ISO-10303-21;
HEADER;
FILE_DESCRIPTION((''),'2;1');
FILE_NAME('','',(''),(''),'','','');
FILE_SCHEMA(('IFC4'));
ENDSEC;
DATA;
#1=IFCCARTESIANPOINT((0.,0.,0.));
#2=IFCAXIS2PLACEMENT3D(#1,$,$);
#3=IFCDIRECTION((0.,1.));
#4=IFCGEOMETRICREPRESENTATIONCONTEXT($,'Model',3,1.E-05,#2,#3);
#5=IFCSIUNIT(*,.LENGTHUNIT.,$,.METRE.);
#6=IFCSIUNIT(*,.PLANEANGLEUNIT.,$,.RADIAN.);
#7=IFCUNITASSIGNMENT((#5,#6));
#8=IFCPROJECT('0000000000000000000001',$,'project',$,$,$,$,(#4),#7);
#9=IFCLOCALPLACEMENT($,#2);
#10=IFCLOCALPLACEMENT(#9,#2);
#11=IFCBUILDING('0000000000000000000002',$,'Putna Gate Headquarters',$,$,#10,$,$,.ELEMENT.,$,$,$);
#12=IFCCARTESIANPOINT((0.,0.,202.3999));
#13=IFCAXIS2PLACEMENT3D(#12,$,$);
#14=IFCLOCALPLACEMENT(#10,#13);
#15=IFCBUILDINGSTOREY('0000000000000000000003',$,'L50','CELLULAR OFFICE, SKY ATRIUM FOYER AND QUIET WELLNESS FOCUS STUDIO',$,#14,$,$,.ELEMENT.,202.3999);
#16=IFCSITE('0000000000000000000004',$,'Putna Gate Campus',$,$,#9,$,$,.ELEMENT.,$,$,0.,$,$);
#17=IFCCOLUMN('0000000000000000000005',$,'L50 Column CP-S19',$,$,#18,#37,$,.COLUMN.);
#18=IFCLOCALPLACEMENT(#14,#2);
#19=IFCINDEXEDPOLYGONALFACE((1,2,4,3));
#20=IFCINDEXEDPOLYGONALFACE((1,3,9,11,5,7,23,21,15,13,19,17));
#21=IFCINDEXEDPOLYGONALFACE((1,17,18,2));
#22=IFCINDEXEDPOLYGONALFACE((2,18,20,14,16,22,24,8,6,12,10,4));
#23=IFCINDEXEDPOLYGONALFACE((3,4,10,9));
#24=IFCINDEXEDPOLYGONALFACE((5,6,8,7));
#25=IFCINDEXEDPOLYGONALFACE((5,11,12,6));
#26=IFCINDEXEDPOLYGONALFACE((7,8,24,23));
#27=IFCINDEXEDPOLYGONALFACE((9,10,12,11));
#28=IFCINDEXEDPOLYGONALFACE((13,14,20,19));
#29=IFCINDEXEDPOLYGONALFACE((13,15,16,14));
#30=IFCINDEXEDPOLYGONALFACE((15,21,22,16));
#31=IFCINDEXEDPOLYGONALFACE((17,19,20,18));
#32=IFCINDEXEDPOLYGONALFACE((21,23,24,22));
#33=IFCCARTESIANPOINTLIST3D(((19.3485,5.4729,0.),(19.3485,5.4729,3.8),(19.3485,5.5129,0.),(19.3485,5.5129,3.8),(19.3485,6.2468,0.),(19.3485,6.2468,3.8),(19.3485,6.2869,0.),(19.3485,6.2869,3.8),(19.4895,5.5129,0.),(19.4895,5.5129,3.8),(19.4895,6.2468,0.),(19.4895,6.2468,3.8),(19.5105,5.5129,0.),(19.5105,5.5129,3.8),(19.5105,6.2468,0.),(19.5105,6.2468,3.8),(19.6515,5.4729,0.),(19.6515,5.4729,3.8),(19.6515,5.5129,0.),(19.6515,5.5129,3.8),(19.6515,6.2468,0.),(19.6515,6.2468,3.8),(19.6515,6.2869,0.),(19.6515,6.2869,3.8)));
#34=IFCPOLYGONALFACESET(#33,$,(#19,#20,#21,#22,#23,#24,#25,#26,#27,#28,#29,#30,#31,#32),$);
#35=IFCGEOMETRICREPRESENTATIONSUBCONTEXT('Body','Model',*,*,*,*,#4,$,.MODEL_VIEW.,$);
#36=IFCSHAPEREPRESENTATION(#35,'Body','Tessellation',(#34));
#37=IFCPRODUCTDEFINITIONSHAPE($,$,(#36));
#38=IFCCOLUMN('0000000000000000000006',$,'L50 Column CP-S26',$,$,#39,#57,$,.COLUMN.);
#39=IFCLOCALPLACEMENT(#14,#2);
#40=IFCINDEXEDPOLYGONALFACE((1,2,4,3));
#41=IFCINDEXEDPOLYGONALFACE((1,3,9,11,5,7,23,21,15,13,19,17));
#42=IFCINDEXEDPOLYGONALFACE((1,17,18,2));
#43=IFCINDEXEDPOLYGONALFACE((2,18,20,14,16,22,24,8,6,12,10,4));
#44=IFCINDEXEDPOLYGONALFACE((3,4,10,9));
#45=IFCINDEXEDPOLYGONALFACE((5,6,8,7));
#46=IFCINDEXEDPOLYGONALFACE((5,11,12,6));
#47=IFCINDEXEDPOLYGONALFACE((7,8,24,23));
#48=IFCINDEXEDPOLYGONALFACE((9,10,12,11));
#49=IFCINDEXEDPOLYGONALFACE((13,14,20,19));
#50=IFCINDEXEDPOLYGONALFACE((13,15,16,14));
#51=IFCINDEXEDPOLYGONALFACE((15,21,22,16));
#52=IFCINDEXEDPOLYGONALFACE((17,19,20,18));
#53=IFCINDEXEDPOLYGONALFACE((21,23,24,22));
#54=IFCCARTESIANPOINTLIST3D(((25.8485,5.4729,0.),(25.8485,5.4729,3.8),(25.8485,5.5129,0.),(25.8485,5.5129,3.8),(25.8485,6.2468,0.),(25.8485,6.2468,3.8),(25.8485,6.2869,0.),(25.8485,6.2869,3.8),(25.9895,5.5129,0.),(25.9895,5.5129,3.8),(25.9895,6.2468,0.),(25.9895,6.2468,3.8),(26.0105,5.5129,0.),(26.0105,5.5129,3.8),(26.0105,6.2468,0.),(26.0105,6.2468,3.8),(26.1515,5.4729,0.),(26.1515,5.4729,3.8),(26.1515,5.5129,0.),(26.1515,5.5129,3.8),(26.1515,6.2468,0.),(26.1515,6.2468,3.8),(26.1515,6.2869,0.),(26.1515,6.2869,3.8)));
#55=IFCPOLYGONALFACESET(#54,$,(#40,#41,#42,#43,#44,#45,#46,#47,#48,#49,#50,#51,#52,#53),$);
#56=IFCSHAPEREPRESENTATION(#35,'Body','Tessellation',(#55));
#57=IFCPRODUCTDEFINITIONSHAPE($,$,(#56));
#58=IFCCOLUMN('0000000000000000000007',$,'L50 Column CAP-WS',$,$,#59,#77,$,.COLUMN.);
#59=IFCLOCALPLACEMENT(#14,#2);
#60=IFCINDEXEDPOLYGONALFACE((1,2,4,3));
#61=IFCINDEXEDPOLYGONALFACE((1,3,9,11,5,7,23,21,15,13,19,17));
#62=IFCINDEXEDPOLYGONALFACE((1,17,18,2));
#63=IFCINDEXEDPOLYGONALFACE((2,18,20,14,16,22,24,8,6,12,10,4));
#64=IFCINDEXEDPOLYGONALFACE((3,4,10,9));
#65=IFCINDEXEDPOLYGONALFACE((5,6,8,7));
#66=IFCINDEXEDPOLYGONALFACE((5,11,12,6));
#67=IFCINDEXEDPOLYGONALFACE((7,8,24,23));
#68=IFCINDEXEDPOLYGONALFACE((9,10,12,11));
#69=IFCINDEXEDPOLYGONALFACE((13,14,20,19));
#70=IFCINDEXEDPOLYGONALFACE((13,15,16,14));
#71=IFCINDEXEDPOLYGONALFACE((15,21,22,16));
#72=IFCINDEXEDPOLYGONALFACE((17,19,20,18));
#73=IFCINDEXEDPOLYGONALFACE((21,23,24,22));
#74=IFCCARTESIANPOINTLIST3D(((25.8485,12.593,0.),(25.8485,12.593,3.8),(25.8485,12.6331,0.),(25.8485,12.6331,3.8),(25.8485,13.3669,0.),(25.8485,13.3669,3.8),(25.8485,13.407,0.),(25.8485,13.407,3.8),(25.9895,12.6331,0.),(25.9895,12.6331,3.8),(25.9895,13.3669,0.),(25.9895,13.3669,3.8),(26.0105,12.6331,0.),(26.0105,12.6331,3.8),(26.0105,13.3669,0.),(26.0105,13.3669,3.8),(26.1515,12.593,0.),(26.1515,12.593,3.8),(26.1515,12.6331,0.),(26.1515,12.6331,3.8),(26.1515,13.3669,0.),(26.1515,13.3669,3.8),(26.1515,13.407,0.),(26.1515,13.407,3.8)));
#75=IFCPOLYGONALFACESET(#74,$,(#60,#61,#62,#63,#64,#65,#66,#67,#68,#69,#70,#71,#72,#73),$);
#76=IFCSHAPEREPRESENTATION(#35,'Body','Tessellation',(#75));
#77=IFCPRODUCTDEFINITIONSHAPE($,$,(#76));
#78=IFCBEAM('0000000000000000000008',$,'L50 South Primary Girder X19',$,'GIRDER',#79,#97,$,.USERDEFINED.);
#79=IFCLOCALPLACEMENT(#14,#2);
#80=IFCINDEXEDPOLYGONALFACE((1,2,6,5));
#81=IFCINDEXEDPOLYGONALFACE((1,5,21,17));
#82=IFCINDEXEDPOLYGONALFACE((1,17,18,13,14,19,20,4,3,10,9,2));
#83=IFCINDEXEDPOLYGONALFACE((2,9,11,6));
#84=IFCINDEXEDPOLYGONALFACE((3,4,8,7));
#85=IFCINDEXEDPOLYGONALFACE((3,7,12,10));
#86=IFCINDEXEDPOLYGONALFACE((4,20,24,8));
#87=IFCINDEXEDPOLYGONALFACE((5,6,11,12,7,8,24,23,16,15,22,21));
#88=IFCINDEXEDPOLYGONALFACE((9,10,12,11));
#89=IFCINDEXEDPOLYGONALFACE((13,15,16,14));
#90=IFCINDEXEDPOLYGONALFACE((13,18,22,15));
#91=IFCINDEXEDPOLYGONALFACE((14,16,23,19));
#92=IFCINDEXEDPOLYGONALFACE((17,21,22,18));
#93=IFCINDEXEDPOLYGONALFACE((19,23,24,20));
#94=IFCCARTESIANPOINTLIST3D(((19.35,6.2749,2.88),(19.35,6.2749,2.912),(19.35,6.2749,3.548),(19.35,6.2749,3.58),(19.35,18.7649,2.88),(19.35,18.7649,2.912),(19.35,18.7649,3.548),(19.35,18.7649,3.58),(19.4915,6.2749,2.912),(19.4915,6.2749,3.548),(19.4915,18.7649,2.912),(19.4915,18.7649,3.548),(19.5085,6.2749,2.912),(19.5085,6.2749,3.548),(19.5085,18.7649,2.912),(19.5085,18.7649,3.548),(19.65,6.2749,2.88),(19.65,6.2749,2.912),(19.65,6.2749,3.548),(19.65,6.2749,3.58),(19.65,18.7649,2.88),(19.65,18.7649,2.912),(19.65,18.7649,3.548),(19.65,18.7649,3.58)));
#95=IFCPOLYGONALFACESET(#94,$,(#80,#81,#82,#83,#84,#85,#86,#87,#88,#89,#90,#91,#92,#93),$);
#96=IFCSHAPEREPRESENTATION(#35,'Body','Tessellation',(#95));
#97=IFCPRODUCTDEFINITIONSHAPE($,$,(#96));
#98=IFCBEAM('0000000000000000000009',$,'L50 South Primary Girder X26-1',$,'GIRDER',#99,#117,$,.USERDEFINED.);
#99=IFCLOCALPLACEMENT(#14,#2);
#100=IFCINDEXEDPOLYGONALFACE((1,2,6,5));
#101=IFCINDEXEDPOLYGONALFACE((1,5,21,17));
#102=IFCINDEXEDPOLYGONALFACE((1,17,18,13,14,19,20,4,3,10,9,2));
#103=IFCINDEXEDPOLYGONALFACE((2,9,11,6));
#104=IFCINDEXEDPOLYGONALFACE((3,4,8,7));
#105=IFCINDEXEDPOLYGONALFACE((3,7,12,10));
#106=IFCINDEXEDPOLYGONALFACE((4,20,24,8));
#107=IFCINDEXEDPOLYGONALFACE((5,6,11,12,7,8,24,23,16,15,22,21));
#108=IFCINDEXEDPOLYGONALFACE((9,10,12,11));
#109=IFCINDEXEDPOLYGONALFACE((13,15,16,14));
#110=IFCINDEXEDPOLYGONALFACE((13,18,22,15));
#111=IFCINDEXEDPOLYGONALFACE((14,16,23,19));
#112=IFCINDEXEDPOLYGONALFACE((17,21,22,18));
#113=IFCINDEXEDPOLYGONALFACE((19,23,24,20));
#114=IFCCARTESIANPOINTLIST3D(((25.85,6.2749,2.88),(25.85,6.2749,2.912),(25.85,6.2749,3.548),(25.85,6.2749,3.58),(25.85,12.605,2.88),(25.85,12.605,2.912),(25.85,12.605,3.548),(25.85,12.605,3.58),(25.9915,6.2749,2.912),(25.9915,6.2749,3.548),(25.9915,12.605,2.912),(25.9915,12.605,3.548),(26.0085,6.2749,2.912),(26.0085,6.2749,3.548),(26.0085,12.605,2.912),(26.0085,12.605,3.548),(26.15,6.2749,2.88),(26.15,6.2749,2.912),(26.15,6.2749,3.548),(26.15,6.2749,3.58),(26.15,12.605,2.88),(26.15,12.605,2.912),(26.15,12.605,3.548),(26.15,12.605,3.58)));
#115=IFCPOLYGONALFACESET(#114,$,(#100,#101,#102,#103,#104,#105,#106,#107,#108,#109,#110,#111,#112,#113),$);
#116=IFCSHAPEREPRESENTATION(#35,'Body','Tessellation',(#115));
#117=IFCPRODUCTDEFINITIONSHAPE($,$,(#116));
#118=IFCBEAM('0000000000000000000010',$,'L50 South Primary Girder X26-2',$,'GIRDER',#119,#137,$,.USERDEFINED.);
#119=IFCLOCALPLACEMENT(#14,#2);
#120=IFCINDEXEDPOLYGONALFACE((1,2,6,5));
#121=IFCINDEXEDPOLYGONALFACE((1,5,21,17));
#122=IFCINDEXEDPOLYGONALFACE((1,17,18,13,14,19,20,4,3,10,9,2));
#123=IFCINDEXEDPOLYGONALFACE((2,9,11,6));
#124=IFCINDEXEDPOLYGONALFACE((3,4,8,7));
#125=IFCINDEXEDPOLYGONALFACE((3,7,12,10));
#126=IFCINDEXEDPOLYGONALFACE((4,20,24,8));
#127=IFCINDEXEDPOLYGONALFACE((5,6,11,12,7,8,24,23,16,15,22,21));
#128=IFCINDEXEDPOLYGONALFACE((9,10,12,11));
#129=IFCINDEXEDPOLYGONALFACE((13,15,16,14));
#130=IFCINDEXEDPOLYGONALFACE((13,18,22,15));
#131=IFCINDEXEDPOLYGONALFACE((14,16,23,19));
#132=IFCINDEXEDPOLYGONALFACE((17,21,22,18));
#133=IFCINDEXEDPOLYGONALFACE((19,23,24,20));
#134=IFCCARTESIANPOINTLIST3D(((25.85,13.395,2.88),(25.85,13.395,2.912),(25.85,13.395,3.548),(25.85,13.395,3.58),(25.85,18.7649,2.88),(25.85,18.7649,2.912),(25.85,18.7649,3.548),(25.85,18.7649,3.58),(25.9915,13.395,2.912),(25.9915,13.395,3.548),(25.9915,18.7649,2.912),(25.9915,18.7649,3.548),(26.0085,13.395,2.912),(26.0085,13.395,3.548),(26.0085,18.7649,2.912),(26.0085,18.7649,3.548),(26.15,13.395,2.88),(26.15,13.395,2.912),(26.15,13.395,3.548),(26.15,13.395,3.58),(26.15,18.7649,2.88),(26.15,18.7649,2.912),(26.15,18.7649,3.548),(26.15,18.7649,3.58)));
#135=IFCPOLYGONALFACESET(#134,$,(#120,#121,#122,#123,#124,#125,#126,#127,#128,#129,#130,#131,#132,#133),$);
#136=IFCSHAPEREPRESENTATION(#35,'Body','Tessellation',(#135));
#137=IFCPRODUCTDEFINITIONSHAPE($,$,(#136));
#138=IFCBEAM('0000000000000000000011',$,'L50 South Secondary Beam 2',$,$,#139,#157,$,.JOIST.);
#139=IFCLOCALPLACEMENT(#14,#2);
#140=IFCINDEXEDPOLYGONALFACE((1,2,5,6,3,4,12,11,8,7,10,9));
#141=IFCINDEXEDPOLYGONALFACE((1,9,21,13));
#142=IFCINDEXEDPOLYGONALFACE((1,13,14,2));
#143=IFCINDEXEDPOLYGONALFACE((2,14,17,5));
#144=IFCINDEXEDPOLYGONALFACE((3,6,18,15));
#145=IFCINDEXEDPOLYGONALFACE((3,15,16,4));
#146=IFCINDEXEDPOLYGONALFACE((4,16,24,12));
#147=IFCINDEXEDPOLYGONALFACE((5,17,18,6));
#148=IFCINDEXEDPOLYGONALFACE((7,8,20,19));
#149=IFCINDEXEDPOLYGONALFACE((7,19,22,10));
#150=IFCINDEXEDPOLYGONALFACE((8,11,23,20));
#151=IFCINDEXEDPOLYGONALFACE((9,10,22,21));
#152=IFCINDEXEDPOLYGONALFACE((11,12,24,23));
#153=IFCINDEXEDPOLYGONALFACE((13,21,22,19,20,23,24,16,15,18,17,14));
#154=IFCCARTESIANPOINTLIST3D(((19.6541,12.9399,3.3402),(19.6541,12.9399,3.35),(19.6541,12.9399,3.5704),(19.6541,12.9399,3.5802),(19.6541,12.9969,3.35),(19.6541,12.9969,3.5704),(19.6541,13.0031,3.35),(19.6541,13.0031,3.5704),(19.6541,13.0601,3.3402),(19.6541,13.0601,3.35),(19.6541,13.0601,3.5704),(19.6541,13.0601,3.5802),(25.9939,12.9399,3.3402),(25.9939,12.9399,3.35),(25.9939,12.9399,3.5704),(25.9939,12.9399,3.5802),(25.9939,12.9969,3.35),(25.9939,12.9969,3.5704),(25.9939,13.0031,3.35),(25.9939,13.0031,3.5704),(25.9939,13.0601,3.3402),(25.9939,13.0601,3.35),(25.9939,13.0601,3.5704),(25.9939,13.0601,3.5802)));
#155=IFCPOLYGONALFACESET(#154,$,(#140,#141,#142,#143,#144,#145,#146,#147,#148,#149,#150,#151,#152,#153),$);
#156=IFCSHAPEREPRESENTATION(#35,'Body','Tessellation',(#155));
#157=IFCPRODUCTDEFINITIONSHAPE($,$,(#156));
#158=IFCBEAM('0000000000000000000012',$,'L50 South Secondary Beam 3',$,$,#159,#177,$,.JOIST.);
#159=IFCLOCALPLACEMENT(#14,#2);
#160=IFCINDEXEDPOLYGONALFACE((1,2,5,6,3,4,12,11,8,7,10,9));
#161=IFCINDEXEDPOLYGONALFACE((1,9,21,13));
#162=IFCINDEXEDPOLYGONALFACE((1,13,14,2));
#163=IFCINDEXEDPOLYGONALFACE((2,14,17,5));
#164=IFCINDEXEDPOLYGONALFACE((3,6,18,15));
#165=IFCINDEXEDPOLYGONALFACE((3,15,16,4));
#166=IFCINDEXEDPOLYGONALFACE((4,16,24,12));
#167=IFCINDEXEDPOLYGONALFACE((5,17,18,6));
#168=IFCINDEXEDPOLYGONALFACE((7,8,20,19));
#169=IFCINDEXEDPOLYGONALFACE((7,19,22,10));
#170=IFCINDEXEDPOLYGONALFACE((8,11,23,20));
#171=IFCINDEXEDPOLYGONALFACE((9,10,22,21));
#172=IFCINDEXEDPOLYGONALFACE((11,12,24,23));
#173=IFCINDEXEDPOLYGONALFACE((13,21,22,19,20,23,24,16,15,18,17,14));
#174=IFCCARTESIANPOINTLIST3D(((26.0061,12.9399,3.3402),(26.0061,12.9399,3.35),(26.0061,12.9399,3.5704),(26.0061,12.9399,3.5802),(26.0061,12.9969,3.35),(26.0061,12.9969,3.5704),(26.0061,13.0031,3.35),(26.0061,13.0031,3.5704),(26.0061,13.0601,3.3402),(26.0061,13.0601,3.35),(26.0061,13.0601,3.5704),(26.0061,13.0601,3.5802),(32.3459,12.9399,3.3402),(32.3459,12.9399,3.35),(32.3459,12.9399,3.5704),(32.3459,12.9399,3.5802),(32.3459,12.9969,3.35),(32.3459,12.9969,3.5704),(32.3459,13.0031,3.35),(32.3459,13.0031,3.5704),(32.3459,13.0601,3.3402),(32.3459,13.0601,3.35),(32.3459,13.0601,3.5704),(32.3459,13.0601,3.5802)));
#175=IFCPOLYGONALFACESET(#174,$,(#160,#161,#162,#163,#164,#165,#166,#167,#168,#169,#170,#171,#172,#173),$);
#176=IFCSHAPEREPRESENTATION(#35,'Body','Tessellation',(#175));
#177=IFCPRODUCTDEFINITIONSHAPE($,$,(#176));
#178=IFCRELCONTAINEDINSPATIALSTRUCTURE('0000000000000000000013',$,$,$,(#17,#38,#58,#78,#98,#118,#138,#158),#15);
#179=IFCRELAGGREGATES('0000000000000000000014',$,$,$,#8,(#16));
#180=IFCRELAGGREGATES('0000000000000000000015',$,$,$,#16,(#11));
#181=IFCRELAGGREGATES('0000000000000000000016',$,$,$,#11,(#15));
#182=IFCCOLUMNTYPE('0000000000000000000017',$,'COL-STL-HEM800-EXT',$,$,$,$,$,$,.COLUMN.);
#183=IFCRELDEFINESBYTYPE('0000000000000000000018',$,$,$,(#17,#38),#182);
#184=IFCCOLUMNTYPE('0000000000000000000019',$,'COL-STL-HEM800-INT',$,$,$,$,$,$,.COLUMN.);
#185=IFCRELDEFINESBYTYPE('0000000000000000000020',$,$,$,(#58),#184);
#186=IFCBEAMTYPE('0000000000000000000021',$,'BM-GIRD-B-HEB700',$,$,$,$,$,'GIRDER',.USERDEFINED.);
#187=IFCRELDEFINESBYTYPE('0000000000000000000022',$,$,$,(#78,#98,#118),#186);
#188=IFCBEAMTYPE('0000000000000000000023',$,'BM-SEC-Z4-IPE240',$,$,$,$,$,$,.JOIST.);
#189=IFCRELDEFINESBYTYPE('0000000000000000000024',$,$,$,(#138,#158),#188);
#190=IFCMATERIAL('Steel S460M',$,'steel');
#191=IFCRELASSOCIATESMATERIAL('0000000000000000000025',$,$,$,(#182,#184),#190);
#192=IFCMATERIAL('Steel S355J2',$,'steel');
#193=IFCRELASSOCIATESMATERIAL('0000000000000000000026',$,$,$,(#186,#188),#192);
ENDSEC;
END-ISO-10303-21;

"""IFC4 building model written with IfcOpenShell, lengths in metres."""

from ifc_helpers import new_model, si_unit, direction, frame, origin, origin_2d, place, context, subcontext, project, spatial, i_section, extrude, material, material_profile, profile_set, type_object, element, save


model = new_model("IFC4")

# Units and contexts
model_context = context("Model", 3, precision=1e-05, world=origin(), true_north=direction((0.0, 1.0)))
body_context = subcontext(model_context, "Body", "Model", "MODEL_VIEW")
ifc_project = project(units=[si_unit("LENGTHUNIT", "METRE"), si_unit("PLANEANGLEUNIT", "RADIAN")], contexts=[model_context])

# Site, building, storey
site_placement = place(None, origin())
site = spatial("IfcSite", under=ifc_project, at=site_placement, Name="Putna Gate Campus", CompositionType="ELEMENT", RefElevation=0.0)
building_placement = place(site_placement, origin())
building = spatial("IfcBuilding", under=site, at=building_placement, Name="Putna Gate Headquarters", CompositionType="ELEMENT")
storey_placement = place(building_placement, frame((0.0, 0.0, 202.3999)))
storey = spatial("IfcBuildingStorey", under=building, at=storey_placement, Name="L50", Description="CELLULAR OFFICE, SKY ATRIUM FOYER AND QUIET WELLNESS FOCUS STUDIO", CompositionType="ELEMENT", Elevation=202.3999)

# Columns
ifc_material_1 = material(Name="Steel S460M", Category="steel")
ifc_material_profile_1 = material_profile(ifc_material_1, i_section(OverallWidth=0.303, OverallDepth=0.814, WebThickness=0.021, FlangeThickness=0.04, at=origin_2d()), Name="Steel S460M")
ifc_profile_set_1 = profile_set([ifc_material_profile_1], Name="Steel S460M")
column_type_1 = type_object("IfcColumnType", Name="COL-STL-HEM800-EXT", PredefinedType="COLUMN", material=ifc_profile_set_1)
for number, where, z_axis, x_axis, name in (
    (1, (19.5, 5.8799, 0.0), (0.0, 0.0, 1.0), (1.0, 0.0, 0.0), "L50 Column CP-S19"),
    (2, (26.0, 5.8799, 0.0), (0.0, 0.0, 1.0), (1.0, 0.0, 0.0), "L50 Column CP-S26"),
):
    element("IfcColumn", number, at=place(storey_placement, frame(where, z_axis=z_axis, x_axis=x_axis)), inside=storey, type_object=column_type_1, Name=name, PredefinedType="COLUMN", context=body_context, shape_type="SweptSolid", body=[
        extrude(i_section(OverallWidth=0.303, OverallDepth=0.814, WebThickness=0.021, FlangeThickness=0.04, at=origin_2d()), origin(), (0.0, 0.0, 1.0), 3.8),
    ])
ifc_material_profile_2 = material_profile(ifc_material_1, i_section(OverallWidth=0.303, OverallDepth=0.814, WebThickness=0.021, FlangeThickness=0.04, at=origin_2d()), Name="Steel S460M")
ifc_profile_set_2 = profile_set([ifc_material_profile_2], Name="Steel S460M")
column_type_2 = type_object("IfcColumnType", Name="COL-STL-HEM800-INT", PredefinedType="COLUMN", material=ifc_profile_set_2)
column_placement = place(storey_placement, frame((26.0, 13.0, 0.0), z_axis=(0.0, 0.0, 1.0), x_axis=(1.0, 0.0, 0.0)))
element("IfcColumn", 3, at=column_placement, inside=storey, type_object=column_type_2, Name="L50 Column CAP-WS", PredefinedType="COLUMN", context=body_context, shape_type="SweptSolid", body=[
    extrude(i_section(OverallWidth=0.303, OverallDepth=0.814, WebThickness=0.021, FlangeThickness=0.04, at=origin_2d()), origin(), (0.0, 0.0, 1.0), 3.8),
])

# Beams
ifc_material_2 = material(Name="Steel S355J2", Category="steel")
ifc_material_profile_3 = material_profile(ifc_material_2, i_section(OverallWidth=0.3, OverallDepth=0.7, WebThickness=0.0171, FlangeThickness=0.032, at=origin_2d()), Name="Steel S355J2")
ifc_profile_set_3 = profile_set([ifc_material_profile_3], Name="Steel S355J2")
beam_type_1 = type_object("IfcBeamType", Name="BM-GIRD-B-HEB700", ElementType="GIRDER", PredefinedType="USERDEFINED", material=ifc_profile_set_3)
beam_1_placement = place(storey_placement, frame((19.5, 6.2749, 3.23), z_axis=(0.0, 1.0, 0.0), x_axis=(-1.0, 0.0, 0.0)))
element("IfcBeam", 4, at=beam_1_placement, inside=storey, type_object=beam_type_1, Name="L50 South Primary Girder X19", ObjectType="GIRDER", PredefinedType="USERDEFINED", context=body_context, shape_type="SweptSolid", body=[
    extrude(i_section(OverallWidth=0.3, OverallDepth=0.7, WebThickness=0.0171, FlangeThickness=0.032, at=origin_2d()), origin(), (0.0, 0.0, 1.0), 12.49),
])
beam_2_placement = place(storey_placement, frame((26.0, 6.2749, 3.23), z_axis=(0.0, 1.0, 0.0), x_axis=(-1.0, 0.0, 0.0)))
element("IfcBeam", 5, at=beam_2_placement, inside=storey, type_object=beam_type_1, Name="L50 South Primary Girder X26-1", ObjectType="GIRDER", PredefinedType="USERDEFINED", context=body_context, shape_type="SweptSolid", body=[
    extrude(i_section(OverallWidth=0.3, OverallDepth=0.7, WebThickness=0.0171, FlangeThickness=0.032, at=origin_2d()), origin(), (0.0, 0.0, 1.0), 6.3301),
])
beam_3_placement = place(storey_placement, frame((26.0, 13.395, 3.23), z_axis=(0.0, 1.0, 0.0), x_axis=(-1.0, 0.0, 0.0)))
element("IfcBeam", 6, at=beam_3_placement, inside=storey, type_object=beam_type_1, Name="L50 South Primary Girder X26-2", ObjectType="GIRDER", PredefinedType="USERDEFINED", context=body_context, shape_type="SweptSolid", body=[
    extrude(i_section(OverallWidth=0.3, OverallDepth=0.7, WebThickness=0.0171, FlangeThickness=0.032, at=origin_2d()), origin(), (0.0, 0.0, 1.0), 5.3699),
])
ifc_material_profile_4 = material_profile(ifc_material_2, i_section(OverallWidth=0.1201, OverallDepth=0.24, WebThickness=0.0061, FlangeThickness=0.0098, at=origin_2d()), Name="Steel S355J2")
ifc_profile_set_4 = profile_set([ifc_material_profile_4], Name="Steel S355J2")
beam_type_2 = type_object("IfcBeamType", Name="BM-SEC-Z4-IPE240", PredefinedType="JOIST", material=ifc_profile_set_4)
for number, where, z_axis, x_axis, name in (
    (7, (19.6541, 13.0, 3.4602), (1.0, 0.0, 0.0), (0.0, 1.0, 0.0), "L50 South Secondary Beam 2"),
    (8, (26.0061, 13.0, 3.4602), (1.0, 0.0, 0.0), (0.0, 1.0, 0.0), "L50 South Secondary Beam 3"),
):
    element("IfcBeam", number, at=place(storey_placement, frame(where, z_axis=z_axis, x_axis=x_axis)), inside=storey, type_object=beam_type_2, Name=name, PredefinedType="JOIST", context=body_context, shape_type="SweptSolid", body=[
        extrude(i_section(OverallWidth=0.1201, OverallDepth=0.24, WebThickness=0.0061, FlangeThickness=0.0098, at=origin_2d()), origin(), (0.0, 0.0, 1.0), 6.3398),
    ])

save(model, "model.ifc")
